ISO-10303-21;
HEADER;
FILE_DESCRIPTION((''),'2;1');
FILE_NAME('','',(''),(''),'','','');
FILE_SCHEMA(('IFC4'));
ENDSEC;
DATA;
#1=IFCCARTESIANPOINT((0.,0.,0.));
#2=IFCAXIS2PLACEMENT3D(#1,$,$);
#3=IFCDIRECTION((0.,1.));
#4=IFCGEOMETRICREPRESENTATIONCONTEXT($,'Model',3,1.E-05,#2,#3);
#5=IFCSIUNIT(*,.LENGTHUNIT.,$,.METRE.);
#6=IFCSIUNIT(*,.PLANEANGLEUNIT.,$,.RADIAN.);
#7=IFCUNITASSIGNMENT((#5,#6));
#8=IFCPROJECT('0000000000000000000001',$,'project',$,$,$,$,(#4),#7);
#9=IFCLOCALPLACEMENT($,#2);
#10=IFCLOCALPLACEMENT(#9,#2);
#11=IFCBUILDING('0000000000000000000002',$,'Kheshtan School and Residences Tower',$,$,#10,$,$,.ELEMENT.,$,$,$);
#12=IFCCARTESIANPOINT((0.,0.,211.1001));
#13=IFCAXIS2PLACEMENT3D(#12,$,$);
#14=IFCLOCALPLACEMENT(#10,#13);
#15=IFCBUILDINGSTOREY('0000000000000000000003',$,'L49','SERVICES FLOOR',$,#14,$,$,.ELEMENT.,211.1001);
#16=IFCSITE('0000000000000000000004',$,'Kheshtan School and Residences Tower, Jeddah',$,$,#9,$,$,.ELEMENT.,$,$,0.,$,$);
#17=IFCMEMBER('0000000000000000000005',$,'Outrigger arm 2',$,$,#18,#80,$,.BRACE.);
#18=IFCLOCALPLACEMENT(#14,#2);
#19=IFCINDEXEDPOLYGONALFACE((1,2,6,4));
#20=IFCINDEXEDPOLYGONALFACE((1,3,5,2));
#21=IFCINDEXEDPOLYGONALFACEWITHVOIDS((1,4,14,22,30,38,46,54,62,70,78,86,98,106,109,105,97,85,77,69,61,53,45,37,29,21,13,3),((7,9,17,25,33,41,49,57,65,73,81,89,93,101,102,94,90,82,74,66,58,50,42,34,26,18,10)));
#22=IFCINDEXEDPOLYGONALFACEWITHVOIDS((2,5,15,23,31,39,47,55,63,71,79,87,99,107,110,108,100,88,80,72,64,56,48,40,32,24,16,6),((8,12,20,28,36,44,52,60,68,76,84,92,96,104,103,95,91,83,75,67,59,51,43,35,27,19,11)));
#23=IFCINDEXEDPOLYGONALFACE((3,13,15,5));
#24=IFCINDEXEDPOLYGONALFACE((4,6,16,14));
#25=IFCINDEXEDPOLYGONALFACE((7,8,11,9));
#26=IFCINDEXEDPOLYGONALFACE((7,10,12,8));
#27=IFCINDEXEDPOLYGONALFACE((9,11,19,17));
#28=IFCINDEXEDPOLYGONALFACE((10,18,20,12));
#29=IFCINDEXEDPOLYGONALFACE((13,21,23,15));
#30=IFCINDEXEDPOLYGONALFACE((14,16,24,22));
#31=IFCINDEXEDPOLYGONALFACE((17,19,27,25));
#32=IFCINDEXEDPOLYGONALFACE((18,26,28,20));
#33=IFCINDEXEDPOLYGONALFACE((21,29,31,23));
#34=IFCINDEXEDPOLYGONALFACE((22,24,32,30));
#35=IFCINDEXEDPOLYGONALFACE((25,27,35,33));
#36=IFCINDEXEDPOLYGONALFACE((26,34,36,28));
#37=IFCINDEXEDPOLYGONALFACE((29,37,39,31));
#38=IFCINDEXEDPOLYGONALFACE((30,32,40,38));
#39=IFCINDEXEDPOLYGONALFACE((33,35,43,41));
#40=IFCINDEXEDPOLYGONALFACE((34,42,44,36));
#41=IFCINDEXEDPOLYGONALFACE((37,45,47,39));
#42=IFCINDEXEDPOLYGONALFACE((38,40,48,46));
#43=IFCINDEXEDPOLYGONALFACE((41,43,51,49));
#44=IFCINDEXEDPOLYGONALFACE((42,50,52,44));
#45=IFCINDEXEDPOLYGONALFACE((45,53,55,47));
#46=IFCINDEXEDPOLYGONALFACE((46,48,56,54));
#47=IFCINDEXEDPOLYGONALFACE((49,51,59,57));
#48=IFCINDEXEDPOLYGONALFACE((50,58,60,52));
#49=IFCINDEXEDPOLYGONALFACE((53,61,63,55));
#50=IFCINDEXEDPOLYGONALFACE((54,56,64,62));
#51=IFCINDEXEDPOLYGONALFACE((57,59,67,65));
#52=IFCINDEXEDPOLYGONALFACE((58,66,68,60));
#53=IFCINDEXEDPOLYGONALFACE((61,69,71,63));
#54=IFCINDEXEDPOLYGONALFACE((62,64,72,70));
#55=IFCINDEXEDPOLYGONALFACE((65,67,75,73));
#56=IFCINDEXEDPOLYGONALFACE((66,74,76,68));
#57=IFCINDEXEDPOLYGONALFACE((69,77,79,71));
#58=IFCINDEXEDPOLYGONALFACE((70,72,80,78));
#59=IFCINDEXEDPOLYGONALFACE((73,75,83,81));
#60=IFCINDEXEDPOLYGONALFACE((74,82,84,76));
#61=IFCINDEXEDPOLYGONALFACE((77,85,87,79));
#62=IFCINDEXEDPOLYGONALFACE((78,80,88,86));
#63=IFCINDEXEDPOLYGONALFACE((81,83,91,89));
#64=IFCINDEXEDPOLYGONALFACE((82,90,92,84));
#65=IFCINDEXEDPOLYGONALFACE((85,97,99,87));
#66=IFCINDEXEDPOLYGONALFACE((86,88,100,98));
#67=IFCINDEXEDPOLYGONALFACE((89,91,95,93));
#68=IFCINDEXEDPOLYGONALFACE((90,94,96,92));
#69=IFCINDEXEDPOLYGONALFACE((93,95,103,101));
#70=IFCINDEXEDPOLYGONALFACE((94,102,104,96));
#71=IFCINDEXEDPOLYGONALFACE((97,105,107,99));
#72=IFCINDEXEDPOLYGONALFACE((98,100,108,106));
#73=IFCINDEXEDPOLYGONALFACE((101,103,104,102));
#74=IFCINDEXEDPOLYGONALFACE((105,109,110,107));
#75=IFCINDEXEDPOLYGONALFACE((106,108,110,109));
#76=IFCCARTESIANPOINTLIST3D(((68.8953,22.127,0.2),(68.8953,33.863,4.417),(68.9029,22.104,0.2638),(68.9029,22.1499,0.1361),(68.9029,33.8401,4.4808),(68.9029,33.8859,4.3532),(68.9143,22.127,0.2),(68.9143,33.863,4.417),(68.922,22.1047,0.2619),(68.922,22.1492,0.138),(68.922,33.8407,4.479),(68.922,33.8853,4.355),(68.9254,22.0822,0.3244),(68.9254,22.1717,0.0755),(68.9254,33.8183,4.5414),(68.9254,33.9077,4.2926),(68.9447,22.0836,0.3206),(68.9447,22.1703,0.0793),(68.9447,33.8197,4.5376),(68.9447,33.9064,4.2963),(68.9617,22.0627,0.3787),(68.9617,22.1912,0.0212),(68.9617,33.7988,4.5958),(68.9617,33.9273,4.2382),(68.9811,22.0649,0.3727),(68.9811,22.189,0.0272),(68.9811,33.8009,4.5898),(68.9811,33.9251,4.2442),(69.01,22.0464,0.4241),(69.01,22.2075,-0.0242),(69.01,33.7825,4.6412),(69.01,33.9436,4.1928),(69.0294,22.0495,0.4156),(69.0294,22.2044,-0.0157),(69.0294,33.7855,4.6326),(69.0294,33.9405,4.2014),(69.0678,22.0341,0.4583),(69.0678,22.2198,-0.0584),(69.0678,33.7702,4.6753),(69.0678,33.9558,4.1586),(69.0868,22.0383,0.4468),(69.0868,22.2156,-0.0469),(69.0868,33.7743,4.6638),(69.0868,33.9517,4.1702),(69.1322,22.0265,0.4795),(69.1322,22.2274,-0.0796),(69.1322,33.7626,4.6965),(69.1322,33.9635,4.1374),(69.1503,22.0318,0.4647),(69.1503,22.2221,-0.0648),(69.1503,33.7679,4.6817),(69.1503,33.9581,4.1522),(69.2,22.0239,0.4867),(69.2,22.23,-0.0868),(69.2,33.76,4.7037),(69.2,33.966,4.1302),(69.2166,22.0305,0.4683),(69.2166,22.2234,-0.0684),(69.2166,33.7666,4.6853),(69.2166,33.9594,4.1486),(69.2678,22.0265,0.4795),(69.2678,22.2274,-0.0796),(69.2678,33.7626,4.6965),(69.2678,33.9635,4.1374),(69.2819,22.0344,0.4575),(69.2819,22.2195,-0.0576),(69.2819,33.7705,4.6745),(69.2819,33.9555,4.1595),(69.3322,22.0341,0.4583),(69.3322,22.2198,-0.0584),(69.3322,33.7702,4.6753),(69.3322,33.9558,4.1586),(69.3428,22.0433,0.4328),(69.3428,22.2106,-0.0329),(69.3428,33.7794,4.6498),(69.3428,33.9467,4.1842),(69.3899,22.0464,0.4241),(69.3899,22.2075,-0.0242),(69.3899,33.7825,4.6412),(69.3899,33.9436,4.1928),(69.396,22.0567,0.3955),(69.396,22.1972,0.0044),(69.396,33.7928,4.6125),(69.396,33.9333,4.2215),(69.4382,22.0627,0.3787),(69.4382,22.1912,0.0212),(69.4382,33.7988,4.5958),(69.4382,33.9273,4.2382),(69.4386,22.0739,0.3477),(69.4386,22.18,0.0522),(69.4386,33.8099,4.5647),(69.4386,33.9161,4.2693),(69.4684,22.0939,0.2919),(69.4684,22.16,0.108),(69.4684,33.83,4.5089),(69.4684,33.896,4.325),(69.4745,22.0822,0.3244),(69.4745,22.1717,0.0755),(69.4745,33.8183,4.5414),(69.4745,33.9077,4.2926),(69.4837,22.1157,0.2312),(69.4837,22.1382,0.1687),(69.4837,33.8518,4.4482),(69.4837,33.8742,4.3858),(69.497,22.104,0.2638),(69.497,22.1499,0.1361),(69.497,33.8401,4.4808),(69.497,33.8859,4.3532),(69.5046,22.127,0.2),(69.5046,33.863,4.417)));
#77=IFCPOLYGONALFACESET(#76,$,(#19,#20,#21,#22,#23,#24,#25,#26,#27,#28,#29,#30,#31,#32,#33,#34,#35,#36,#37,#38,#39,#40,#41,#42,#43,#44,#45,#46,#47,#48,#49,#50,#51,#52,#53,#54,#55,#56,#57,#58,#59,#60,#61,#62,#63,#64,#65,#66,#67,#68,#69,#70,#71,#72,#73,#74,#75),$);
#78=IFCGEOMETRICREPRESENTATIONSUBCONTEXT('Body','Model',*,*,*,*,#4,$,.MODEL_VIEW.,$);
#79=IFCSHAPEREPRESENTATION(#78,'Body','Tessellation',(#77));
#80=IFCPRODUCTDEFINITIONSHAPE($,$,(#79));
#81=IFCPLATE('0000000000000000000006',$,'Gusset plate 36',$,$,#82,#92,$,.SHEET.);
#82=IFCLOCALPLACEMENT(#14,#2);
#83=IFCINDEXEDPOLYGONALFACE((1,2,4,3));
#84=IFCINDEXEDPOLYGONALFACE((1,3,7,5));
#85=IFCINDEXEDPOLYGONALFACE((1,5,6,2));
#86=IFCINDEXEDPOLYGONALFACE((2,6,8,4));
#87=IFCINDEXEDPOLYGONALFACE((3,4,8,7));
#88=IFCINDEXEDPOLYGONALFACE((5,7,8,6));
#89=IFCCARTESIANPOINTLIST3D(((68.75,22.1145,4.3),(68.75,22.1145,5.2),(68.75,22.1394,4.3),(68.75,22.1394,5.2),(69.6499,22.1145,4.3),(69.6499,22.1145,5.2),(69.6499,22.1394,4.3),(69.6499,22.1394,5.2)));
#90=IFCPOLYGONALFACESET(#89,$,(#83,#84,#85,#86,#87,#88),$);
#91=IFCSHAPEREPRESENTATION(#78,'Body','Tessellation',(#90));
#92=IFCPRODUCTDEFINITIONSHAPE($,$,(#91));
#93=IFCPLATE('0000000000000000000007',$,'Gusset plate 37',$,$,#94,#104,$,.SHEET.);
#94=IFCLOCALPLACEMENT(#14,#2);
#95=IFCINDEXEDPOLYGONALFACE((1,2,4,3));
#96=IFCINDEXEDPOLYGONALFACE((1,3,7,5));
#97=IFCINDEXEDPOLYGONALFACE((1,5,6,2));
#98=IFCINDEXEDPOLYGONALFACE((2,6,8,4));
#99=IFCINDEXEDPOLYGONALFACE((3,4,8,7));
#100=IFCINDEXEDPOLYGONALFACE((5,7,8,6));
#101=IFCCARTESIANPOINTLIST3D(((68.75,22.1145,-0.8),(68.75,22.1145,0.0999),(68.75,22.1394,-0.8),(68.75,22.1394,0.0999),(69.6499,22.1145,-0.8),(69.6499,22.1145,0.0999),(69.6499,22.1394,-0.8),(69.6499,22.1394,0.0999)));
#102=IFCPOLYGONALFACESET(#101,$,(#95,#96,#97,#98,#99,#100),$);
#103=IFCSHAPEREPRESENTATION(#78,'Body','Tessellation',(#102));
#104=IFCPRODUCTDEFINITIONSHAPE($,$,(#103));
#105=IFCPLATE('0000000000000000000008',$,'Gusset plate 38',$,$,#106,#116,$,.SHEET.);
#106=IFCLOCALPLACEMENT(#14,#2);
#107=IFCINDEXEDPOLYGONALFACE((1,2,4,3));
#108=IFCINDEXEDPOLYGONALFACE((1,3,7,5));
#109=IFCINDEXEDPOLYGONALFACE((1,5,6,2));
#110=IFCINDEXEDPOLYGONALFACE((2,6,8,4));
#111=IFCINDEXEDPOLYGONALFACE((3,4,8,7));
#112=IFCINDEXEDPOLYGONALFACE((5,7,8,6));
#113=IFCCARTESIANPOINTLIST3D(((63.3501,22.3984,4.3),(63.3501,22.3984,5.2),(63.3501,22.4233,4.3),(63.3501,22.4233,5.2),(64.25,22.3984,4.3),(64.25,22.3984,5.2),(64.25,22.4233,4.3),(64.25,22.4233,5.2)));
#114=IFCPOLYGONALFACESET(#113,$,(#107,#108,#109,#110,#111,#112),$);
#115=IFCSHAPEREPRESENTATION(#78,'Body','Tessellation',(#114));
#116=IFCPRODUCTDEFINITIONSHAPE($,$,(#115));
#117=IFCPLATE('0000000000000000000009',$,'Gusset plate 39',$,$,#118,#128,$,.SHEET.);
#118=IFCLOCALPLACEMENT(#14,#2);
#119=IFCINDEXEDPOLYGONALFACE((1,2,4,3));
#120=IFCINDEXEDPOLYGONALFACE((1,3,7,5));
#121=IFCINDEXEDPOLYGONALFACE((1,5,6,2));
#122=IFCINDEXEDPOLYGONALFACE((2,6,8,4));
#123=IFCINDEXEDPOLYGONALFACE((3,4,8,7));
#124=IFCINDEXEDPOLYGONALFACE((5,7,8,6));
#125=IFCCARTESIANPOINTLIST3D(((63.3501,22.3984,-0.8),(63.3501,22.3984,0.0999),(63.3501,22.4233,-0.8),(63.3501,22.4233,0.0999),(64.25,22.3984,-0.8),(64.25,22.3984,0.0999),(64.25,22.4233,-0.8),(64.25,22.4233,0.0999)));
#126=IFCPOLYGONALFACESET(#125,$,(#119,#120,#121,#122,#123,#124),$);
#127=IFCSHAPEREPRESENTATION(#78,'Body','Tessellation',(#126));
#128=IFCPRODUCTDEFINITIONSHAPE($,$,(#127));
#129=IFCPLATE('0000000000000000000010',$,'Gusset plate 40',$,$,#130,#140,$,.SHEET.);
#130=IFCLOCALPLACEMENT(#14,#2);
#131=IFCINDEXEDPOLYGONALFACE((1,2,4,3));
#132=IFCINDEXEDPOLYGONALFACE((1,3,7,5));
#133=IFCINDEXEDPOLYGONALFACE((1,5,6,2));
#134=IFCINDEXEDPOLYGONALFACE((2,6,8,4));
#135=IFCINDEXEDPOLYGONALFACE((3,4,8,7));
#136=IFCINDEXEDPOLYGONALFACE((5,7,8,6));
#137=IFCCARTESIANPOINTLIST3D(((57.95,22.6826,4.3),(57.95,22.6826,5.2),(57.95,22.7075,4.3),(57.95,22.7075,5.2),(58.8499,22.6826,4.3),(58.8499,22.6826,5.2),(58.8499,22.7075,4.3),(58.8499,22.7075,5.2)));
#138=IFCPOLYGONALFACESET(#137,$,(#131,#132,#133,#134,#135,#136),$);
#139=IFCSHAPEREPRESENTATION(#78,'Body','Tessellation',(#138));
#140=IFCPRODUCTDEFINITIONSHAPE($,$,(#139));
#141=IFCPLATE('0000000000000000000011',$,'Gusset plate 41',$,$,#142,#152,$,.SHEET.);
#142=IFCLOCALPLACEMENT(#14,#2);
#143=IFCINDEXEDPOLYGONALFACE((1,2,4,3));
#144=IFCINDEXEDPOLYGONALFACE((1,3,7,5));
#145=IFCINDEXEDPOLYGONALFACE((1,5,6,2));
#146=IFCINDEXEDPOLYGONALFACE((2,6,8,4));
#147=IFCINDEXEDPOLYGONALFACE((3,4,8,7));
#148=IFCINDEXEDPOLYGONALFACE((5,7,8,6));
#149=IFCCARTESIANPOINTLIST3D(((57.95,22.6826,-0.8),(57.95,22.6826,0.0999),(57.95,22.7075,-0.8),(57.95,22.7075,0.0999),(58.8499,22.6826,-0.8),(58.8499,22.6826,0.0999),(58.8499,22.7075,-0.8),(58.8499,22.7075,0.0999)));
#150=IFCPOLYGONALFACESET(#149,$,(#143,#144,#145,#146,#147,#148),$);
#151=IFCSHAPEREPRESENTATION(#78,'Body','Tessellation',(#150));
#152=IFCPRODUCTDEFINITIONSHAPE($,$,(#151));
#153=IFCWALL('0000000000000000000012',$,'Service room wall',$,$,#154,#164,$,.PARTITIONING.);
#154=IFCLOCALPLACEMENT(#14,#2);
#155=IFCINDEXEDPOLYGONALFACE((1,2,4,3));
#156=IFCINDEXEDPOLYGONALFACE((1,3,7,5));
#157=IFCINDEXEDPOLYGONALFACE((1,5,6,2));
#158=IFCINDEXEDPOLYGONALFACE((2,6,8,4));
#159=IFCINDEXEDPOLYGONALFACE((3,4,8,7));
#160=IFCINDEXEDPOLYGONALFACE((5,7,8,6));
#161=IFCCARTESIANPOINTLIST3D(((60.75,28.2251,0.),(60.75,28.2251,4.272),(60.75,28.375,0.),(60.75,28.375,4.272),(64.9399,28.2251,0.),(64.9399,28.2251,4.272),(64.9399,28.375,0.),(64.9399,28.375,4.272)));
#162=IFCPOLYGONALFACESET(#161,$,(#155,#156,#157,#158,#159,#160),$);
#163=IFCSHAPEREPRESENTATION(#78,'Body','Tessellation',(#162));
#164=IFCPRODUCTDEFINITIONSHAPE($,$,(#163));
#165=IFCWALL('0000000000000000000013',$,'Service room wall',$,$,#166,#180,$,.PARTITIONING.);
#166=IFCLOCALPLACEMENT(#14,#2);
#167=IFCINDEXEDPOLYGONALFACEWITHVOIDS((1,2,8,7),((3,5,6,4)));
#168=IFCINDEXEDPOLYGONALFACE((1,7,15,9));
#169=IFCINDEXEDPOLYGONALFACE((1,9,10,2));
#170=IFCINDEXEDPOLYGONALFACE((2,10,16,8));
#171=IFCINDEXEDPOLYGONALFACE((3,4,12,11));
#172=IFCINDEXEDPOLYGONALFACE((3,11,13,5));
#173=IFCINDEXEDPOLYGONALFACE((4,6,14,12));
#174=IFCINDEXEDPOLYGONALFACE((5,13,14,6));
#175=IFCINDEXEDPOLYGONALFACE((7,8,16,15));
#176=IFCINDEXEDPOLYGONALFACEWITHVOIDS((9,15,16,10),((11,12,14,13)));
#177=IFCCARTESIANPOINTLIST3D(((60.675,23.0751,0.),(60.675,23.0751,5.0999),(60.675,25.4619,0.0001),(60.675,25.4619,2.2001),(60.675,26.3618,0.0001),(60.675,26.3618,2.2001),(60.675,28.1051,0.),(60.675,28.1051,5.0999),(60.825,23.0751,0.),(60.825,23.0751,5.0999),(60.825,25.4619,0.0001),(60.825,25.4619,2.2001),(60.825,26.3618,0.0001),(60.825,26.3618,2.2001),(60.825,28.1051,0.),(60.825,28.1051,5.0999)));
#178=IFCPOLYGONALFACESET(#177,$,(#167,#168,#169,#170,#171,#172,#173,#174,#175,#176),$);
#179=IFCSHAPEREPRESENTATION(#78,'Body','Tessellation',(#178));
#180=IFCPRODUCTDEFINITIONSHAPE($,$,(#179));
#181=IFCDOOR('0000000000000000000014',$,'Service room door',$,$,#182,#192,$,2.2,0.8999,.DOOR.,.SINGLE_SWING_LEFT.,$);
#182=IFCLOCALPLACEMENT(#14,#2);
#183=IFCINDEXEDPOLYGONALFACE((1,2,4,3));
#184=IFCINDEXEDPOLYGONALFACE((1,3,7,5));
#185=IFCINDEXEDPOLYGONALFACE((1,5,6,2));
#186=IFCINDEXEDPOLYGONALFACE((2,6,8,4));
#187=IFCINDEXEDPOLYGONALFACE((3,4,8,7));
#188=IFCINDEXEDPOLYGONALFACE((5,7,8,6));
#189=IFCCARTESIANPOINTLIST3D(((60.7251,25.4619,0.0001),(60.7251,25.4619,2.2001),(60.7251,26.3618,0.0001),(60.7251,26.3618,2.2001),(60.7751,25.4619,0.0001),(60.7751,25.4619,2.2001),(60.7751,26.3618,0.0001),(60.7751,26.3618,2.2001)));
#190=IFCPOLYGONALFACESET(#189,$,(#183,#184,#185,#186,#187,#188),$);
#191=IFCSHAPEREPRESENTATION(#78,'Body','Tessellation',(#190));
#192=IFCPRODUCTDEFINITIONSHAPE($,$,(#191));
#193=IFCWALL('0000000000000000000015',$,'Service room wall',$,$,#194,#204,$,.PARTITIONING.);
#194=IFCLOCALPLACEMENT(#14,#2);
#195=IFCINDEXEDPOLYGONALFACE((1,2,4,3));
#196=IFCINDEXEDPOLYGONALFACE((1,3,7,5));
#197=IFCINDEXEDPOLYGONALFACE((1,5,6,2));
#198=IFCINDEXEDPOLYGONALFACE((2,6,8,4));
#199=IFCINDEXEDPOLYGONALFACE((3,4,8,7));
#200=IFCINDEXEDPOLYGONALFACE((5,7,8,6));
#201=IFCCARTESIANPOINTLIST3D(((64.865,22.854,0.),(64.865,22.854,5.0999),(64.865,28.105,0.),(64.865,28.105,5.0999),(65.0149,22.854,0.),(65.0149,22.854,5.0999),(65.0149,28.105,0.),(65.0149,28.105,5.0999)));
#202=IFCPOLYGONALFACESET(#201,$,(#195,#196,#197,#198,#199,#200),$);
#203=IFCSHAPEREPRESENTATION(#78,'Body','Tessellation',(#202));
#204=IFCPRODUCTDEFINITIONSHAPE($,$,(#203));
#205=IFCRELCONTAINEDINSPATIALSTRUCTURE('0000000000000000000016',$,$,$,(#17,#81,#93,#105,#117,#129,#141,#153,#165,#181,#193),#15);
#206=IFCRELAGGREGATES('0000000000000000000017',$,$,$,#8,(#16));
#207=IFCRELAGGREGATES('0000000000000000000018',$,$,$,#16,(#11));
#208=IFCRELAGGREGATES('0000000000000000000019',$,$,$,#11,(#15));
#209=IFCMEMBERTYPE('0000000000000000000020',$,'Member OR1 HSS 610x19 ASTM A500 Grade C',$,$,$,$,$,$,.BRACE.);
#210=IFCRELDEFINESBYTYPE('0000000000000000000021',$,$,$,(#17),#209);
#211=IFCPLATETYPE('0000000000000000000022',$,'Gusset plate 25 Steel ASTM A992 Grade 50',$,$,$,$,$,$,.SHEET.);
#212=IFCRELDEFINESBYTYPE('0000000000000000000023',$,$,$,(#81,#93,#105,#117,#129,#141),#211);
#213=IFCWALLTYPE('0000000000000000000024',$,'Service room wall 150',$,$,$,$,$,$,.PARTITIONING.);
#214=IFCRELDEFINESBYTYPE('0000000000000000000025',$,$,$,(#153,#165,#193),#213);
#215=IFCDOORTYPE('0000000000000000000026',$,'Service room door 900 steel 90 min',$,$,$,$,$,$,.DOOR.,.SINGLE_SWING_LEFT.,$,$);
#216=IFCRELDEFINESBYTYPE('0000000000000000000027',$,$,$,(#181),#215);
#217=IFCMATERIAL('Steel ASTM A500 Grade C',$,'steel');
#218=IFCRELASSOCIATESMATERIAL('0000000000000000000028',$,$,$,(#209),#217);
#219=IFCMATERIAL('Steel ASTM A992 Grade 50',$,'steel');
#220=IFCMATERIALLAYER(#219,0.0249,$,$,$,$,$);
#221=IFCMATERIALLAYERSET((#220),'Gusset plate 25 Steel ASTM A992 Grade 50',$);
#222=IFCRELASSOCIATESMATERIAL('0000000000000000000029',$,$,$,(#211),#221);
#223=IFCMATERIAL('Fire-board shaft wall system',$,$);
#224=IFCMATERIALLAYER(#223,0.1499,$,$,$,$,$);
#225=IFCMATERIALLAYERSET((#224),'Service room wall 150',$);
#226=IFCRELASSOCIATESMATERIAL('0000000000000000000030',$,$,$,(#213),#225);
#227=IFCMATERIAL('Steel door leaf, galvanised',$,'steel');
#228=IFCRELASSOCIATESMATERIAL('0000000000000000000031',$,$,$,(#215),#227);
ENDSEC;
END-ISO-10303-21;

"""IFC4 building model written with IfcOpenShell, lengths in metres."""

from ifc_helpers import new_model, si_unit, direction, frame, frame_2d, origin, origin_2d, place, context, subcontext, project, spatial, rectangle, hollow_circle, extrude, source, transform, mapped, material, layer, layer_set, material_profile, profile_set, type_object, element, fill, save


model = new_model("IFC4")

# Units and contexts
model_context = context("Model", 3, precision=1e-05, world=origin(), true_north=direction((0.0, 1.0)))
body_context = subcontext(model_context, "Body", "Model", "MODEL_VIEW")
ifc_project = project(units=[si_unit("LENGTHUNIT", "METRE"), si_unit("PLANEANGLEUNIT", "RADIAN")], contexts=[model_context])

# Site, building, storey
site_placement = place(None, origin())
site = spatial("IfcSite", under=ifc_project, at=site_placement, Name="Kheshtan School and Residences Tower, Jeddah", CompositionType="ELEMENT", RefElevation=0.0)
building_placement = place(site_placement, origin())
building = spatial("IfcBuilding", under=site, at=building_placement, Name="Kheshtan School and Residences Tower", CompositionType="ELEMENT")
storey_placement = place(building_placement, frame((0.0, 0.0, 211.1001)))
storey = spatial("IfcBuildingStorey", under=building, at=storey_placement, Name="L49", Description="SERVICES FLOOR", CompositionType="ELEMENT", Elevation=211.1001)

# Shared definitions
ifc_material_1 = material(Name="Steel ASTM A992 Grade 50", Category="steel")

# Member
ifc_material_2 = material(Name="Steel ASTM A500 Grade C", Category="steel")
ifc_material_profile_1 = material_profile(ifc_material_2, hollow_circle(Radius=0.3047, WallThickness=0.019, at=origin_2d()), Name="HSS 610x19")
ifc_profile_set_1 = profile_set([ifc_material_profile_1], Name="Steel ASTM A500 Grade C")
member_type_1 = type_object("IfcMemberType", Name="Member OR1 HSS 610x19 ASTM A500 Grade C", PredefinedType="BRACE", material=ifc_profile_set_1)
member_1_placement = place(storey_placement, frame((69.2, 22.127, 0.2), z_axis=(0.0, 0.94109, 0.338155), x_axis=(-1.0, 0.0, 0.0)))
element("IfcMember", 1, at=member_1_placement, inside=storey, type_object=member_type_1, Name="Outrigger arm 2", PredefinedType="BRACE", context=body_context, shape_type="SweptSolid", body=[
    extrude(hollow_circle(Radius=0.3047, WallThickness=0.019, at=origin_2d()), origin(), (0.0, 0.0, 1.0), 12.4707),
])

# Plates
ifc_layer_1 = layer(ifc_material_1, 0.0249)
ifc_layer_set_1 = layer_set([ifc_layer_1], Name="Gusset plate 25 Steel ASTM A992 Grade 50")
plate_type = type_object("IfcPlateType", Name="Gusset plate 25 Steel ASTM A992 Grade 50", PredefinedType="SHEET", material=ifc_layer_set_1)
for number, where, z_axis, x_axis, name in (
    (2, (69.2, 22.127, 4.3), (0.0, 0.0, 1.0), (1.0, 0.0, 0.0), "Gusset plate 36"),
    (3, (69.2, 22.127, -0.8), (0.0, 0.0, 1.0), (1.0, 0.0, 0.0), "Gusset plate 37"),
    (4, (63.8, 22.4109, 4.3), (0.0, 0.0, 1.0), (1.0, 0.0, 0.0), "Gusset plate 38"),
    (5, (63.8, 22.4109, -0.8), (0.0, 0.0, 1.0), (1.0, 0.0, 0.0), "Gusset plate 39"),
    (6, (58.3999, 22.6951, 4.3), (0.0, 0.0, 1.0), (1.0, 0.0, 0.0), "Gusset plate 40"),
    (7, (58.3999, 22.6951, -0.8), (0.0, 0.0, 1.0), (1.0, 0.0, 0.0), "Gusset plate 41"),
):
    element("IfcPlate", number, at=place(storey_placement, frame(where, z_axis=z_axis, x_axis=x_axis)), inside=storey, type_object=plate_type, Name=name, PredefinedType="SHEET", context=body_context, shape_type="SweptSolid", body=[
        extrude(rectangle(XDim=0.8999, YDim=0.0249, at=origin_2d()), origin(), (0.0, 0.0, 1.0), 0.8999),
    ])

# Wall
ifc_material_3 = material(Name="Fire-board shaft wall system")
ifc_layer_2 = layer(ifc_material_3, 0.1499)
ifc_layer_set_2 = layer_set([ifc_layer_2], Name="Service room wall 150")
wall_type_1 = type_object("IfcWallType", Name="Service room wall 150", PredefinedType="PARTITIONING", material=ifc_layer_set_2)
wall_1_placement = place(storey_placement, frame((60.75, 28.3, 0.0), z_axis=(0.0, 0.0, 1.0), x_axis=(1.0, 0.0, 0.0)))
element("IfcWall", 8, at=wall_1_placement, inside=storey, type_object=wall_type_1, Name="Service room wall", PredefinedType="PARTITIONING", context=body_context, shape_type="SweptSolid", body=[
    extrude(rectangle(XDim=4.1899, YDim=0.1499, at=frame_2d((2.095, 0.0))), origin(), (0.0, 0.0, 1.0), 4.272),
])

# Wall, opening, door
wall_2_placement = place(storey_placement, frame((60.75, 23.075, 0.0), z_axis=(0.0, 0.0, 1.0), x_axis=(0.0, 1.0, 0.0)))
wall_2 = element("IfcWall", 9, at=wall_2_placement, inside=storey, type_object=wall_type_1, Name="Service room wall", PredefinedType="PARTITIONING", context=body_context, shape_type="SweptSolid", body=[
    extrude(rectangle(XDim=5.03, YDim=0.1499, at=frame_2d((2.5151, 0.0))), origin(), (0.0, 0.0, 1.0), 5.0999),
])
opening_1_placement = place(wall_2_placement, frame((2.387, 0.0, 0.0)))
opening_1 = element("IfcOpeningElement", 10, at=opening_1_placement, cuts=wall_2, PredefinedType="OPENING", context=body_context, shape_type="SweptSolid", body=[
    extrude(rectangle(XDim=0.8999, YDim=2.2, at=frame_2d((0.45, 1.1001))), frame((0.0, 0.085, 0.0), z_axis=(0.0, -1.0, 0.0), x_axis=(1.0, 0.0, 0.0)), (0.0, 0.0, 1.0), 0.1699),
])
ifc_material_4 = material(Name="Steel door leaf, galvanised", Category="steel")
door_type_1 = type_object("IfcDoorType", Name="Service room door 900 steel 90 min", OperationType="SINGLE_SWING_LEFT", PredefinedType="DOOR", material=ifc_material_4)
shared_shape_1 = source(origin(), body_context, "Body", "SweptSolid", [
    extrude(rectangle(XDim=0.8999, YDim=2.2, at=frame_2d((0.45, 1.1001))), frame((0.0, 0.0249, 0.0), z_axis=(0.0, -1.0, 0.0), x_axis=(1.0, 0.0, 0.0)), (0.0, 0.0, 1.0), 0.05),
])
door_1_placement = place(opening_1_placement, origin())
door_1 = element("IfcDoor", 11, at=door_1_placement, inside=storey, type_object=door_type_1, Name="Service room door", OperationType="SINGLE_SWING_LEFT", OverallHeight=2.2, OverallWidth=0.8999, PredefinedType="DOOR", context=body_context, shape_type="MappedRepresentation", body=[
    mapped(shared_shape_1, transform((0.0, 0.0, 0.0), x_axis=(1.0, 0.0, 0.0), y_axis=(0.0, 1.0, 0.0), z_axis=(0.0, 0.0, 1.0), scale=1.0)),
])
fill(opening_1, door_1)

# Wall
wall_3_placement = place(storey_placement, frame((64.9399, 22.854, 0.0), z_axis=(0.0, 0.0, 1.0), x_axis=(0.0, 1.0, 0.0)))
element("IfcWall", 12, at=wall_3_placement, inside=storey, type_object=wall_type_1, Name="Service room wall", PredefinedType="PARTITIONING", context=body_context, shape_type="SweptSolid", body=[
    extrude(rectangle(XDim=5.251, YDim=0.1499, at=frame_2d((2.6255, 0.0))), origin(), (0.0, 0.0, 1.0), 5.0999),
])

save(model, "model.ifc")
